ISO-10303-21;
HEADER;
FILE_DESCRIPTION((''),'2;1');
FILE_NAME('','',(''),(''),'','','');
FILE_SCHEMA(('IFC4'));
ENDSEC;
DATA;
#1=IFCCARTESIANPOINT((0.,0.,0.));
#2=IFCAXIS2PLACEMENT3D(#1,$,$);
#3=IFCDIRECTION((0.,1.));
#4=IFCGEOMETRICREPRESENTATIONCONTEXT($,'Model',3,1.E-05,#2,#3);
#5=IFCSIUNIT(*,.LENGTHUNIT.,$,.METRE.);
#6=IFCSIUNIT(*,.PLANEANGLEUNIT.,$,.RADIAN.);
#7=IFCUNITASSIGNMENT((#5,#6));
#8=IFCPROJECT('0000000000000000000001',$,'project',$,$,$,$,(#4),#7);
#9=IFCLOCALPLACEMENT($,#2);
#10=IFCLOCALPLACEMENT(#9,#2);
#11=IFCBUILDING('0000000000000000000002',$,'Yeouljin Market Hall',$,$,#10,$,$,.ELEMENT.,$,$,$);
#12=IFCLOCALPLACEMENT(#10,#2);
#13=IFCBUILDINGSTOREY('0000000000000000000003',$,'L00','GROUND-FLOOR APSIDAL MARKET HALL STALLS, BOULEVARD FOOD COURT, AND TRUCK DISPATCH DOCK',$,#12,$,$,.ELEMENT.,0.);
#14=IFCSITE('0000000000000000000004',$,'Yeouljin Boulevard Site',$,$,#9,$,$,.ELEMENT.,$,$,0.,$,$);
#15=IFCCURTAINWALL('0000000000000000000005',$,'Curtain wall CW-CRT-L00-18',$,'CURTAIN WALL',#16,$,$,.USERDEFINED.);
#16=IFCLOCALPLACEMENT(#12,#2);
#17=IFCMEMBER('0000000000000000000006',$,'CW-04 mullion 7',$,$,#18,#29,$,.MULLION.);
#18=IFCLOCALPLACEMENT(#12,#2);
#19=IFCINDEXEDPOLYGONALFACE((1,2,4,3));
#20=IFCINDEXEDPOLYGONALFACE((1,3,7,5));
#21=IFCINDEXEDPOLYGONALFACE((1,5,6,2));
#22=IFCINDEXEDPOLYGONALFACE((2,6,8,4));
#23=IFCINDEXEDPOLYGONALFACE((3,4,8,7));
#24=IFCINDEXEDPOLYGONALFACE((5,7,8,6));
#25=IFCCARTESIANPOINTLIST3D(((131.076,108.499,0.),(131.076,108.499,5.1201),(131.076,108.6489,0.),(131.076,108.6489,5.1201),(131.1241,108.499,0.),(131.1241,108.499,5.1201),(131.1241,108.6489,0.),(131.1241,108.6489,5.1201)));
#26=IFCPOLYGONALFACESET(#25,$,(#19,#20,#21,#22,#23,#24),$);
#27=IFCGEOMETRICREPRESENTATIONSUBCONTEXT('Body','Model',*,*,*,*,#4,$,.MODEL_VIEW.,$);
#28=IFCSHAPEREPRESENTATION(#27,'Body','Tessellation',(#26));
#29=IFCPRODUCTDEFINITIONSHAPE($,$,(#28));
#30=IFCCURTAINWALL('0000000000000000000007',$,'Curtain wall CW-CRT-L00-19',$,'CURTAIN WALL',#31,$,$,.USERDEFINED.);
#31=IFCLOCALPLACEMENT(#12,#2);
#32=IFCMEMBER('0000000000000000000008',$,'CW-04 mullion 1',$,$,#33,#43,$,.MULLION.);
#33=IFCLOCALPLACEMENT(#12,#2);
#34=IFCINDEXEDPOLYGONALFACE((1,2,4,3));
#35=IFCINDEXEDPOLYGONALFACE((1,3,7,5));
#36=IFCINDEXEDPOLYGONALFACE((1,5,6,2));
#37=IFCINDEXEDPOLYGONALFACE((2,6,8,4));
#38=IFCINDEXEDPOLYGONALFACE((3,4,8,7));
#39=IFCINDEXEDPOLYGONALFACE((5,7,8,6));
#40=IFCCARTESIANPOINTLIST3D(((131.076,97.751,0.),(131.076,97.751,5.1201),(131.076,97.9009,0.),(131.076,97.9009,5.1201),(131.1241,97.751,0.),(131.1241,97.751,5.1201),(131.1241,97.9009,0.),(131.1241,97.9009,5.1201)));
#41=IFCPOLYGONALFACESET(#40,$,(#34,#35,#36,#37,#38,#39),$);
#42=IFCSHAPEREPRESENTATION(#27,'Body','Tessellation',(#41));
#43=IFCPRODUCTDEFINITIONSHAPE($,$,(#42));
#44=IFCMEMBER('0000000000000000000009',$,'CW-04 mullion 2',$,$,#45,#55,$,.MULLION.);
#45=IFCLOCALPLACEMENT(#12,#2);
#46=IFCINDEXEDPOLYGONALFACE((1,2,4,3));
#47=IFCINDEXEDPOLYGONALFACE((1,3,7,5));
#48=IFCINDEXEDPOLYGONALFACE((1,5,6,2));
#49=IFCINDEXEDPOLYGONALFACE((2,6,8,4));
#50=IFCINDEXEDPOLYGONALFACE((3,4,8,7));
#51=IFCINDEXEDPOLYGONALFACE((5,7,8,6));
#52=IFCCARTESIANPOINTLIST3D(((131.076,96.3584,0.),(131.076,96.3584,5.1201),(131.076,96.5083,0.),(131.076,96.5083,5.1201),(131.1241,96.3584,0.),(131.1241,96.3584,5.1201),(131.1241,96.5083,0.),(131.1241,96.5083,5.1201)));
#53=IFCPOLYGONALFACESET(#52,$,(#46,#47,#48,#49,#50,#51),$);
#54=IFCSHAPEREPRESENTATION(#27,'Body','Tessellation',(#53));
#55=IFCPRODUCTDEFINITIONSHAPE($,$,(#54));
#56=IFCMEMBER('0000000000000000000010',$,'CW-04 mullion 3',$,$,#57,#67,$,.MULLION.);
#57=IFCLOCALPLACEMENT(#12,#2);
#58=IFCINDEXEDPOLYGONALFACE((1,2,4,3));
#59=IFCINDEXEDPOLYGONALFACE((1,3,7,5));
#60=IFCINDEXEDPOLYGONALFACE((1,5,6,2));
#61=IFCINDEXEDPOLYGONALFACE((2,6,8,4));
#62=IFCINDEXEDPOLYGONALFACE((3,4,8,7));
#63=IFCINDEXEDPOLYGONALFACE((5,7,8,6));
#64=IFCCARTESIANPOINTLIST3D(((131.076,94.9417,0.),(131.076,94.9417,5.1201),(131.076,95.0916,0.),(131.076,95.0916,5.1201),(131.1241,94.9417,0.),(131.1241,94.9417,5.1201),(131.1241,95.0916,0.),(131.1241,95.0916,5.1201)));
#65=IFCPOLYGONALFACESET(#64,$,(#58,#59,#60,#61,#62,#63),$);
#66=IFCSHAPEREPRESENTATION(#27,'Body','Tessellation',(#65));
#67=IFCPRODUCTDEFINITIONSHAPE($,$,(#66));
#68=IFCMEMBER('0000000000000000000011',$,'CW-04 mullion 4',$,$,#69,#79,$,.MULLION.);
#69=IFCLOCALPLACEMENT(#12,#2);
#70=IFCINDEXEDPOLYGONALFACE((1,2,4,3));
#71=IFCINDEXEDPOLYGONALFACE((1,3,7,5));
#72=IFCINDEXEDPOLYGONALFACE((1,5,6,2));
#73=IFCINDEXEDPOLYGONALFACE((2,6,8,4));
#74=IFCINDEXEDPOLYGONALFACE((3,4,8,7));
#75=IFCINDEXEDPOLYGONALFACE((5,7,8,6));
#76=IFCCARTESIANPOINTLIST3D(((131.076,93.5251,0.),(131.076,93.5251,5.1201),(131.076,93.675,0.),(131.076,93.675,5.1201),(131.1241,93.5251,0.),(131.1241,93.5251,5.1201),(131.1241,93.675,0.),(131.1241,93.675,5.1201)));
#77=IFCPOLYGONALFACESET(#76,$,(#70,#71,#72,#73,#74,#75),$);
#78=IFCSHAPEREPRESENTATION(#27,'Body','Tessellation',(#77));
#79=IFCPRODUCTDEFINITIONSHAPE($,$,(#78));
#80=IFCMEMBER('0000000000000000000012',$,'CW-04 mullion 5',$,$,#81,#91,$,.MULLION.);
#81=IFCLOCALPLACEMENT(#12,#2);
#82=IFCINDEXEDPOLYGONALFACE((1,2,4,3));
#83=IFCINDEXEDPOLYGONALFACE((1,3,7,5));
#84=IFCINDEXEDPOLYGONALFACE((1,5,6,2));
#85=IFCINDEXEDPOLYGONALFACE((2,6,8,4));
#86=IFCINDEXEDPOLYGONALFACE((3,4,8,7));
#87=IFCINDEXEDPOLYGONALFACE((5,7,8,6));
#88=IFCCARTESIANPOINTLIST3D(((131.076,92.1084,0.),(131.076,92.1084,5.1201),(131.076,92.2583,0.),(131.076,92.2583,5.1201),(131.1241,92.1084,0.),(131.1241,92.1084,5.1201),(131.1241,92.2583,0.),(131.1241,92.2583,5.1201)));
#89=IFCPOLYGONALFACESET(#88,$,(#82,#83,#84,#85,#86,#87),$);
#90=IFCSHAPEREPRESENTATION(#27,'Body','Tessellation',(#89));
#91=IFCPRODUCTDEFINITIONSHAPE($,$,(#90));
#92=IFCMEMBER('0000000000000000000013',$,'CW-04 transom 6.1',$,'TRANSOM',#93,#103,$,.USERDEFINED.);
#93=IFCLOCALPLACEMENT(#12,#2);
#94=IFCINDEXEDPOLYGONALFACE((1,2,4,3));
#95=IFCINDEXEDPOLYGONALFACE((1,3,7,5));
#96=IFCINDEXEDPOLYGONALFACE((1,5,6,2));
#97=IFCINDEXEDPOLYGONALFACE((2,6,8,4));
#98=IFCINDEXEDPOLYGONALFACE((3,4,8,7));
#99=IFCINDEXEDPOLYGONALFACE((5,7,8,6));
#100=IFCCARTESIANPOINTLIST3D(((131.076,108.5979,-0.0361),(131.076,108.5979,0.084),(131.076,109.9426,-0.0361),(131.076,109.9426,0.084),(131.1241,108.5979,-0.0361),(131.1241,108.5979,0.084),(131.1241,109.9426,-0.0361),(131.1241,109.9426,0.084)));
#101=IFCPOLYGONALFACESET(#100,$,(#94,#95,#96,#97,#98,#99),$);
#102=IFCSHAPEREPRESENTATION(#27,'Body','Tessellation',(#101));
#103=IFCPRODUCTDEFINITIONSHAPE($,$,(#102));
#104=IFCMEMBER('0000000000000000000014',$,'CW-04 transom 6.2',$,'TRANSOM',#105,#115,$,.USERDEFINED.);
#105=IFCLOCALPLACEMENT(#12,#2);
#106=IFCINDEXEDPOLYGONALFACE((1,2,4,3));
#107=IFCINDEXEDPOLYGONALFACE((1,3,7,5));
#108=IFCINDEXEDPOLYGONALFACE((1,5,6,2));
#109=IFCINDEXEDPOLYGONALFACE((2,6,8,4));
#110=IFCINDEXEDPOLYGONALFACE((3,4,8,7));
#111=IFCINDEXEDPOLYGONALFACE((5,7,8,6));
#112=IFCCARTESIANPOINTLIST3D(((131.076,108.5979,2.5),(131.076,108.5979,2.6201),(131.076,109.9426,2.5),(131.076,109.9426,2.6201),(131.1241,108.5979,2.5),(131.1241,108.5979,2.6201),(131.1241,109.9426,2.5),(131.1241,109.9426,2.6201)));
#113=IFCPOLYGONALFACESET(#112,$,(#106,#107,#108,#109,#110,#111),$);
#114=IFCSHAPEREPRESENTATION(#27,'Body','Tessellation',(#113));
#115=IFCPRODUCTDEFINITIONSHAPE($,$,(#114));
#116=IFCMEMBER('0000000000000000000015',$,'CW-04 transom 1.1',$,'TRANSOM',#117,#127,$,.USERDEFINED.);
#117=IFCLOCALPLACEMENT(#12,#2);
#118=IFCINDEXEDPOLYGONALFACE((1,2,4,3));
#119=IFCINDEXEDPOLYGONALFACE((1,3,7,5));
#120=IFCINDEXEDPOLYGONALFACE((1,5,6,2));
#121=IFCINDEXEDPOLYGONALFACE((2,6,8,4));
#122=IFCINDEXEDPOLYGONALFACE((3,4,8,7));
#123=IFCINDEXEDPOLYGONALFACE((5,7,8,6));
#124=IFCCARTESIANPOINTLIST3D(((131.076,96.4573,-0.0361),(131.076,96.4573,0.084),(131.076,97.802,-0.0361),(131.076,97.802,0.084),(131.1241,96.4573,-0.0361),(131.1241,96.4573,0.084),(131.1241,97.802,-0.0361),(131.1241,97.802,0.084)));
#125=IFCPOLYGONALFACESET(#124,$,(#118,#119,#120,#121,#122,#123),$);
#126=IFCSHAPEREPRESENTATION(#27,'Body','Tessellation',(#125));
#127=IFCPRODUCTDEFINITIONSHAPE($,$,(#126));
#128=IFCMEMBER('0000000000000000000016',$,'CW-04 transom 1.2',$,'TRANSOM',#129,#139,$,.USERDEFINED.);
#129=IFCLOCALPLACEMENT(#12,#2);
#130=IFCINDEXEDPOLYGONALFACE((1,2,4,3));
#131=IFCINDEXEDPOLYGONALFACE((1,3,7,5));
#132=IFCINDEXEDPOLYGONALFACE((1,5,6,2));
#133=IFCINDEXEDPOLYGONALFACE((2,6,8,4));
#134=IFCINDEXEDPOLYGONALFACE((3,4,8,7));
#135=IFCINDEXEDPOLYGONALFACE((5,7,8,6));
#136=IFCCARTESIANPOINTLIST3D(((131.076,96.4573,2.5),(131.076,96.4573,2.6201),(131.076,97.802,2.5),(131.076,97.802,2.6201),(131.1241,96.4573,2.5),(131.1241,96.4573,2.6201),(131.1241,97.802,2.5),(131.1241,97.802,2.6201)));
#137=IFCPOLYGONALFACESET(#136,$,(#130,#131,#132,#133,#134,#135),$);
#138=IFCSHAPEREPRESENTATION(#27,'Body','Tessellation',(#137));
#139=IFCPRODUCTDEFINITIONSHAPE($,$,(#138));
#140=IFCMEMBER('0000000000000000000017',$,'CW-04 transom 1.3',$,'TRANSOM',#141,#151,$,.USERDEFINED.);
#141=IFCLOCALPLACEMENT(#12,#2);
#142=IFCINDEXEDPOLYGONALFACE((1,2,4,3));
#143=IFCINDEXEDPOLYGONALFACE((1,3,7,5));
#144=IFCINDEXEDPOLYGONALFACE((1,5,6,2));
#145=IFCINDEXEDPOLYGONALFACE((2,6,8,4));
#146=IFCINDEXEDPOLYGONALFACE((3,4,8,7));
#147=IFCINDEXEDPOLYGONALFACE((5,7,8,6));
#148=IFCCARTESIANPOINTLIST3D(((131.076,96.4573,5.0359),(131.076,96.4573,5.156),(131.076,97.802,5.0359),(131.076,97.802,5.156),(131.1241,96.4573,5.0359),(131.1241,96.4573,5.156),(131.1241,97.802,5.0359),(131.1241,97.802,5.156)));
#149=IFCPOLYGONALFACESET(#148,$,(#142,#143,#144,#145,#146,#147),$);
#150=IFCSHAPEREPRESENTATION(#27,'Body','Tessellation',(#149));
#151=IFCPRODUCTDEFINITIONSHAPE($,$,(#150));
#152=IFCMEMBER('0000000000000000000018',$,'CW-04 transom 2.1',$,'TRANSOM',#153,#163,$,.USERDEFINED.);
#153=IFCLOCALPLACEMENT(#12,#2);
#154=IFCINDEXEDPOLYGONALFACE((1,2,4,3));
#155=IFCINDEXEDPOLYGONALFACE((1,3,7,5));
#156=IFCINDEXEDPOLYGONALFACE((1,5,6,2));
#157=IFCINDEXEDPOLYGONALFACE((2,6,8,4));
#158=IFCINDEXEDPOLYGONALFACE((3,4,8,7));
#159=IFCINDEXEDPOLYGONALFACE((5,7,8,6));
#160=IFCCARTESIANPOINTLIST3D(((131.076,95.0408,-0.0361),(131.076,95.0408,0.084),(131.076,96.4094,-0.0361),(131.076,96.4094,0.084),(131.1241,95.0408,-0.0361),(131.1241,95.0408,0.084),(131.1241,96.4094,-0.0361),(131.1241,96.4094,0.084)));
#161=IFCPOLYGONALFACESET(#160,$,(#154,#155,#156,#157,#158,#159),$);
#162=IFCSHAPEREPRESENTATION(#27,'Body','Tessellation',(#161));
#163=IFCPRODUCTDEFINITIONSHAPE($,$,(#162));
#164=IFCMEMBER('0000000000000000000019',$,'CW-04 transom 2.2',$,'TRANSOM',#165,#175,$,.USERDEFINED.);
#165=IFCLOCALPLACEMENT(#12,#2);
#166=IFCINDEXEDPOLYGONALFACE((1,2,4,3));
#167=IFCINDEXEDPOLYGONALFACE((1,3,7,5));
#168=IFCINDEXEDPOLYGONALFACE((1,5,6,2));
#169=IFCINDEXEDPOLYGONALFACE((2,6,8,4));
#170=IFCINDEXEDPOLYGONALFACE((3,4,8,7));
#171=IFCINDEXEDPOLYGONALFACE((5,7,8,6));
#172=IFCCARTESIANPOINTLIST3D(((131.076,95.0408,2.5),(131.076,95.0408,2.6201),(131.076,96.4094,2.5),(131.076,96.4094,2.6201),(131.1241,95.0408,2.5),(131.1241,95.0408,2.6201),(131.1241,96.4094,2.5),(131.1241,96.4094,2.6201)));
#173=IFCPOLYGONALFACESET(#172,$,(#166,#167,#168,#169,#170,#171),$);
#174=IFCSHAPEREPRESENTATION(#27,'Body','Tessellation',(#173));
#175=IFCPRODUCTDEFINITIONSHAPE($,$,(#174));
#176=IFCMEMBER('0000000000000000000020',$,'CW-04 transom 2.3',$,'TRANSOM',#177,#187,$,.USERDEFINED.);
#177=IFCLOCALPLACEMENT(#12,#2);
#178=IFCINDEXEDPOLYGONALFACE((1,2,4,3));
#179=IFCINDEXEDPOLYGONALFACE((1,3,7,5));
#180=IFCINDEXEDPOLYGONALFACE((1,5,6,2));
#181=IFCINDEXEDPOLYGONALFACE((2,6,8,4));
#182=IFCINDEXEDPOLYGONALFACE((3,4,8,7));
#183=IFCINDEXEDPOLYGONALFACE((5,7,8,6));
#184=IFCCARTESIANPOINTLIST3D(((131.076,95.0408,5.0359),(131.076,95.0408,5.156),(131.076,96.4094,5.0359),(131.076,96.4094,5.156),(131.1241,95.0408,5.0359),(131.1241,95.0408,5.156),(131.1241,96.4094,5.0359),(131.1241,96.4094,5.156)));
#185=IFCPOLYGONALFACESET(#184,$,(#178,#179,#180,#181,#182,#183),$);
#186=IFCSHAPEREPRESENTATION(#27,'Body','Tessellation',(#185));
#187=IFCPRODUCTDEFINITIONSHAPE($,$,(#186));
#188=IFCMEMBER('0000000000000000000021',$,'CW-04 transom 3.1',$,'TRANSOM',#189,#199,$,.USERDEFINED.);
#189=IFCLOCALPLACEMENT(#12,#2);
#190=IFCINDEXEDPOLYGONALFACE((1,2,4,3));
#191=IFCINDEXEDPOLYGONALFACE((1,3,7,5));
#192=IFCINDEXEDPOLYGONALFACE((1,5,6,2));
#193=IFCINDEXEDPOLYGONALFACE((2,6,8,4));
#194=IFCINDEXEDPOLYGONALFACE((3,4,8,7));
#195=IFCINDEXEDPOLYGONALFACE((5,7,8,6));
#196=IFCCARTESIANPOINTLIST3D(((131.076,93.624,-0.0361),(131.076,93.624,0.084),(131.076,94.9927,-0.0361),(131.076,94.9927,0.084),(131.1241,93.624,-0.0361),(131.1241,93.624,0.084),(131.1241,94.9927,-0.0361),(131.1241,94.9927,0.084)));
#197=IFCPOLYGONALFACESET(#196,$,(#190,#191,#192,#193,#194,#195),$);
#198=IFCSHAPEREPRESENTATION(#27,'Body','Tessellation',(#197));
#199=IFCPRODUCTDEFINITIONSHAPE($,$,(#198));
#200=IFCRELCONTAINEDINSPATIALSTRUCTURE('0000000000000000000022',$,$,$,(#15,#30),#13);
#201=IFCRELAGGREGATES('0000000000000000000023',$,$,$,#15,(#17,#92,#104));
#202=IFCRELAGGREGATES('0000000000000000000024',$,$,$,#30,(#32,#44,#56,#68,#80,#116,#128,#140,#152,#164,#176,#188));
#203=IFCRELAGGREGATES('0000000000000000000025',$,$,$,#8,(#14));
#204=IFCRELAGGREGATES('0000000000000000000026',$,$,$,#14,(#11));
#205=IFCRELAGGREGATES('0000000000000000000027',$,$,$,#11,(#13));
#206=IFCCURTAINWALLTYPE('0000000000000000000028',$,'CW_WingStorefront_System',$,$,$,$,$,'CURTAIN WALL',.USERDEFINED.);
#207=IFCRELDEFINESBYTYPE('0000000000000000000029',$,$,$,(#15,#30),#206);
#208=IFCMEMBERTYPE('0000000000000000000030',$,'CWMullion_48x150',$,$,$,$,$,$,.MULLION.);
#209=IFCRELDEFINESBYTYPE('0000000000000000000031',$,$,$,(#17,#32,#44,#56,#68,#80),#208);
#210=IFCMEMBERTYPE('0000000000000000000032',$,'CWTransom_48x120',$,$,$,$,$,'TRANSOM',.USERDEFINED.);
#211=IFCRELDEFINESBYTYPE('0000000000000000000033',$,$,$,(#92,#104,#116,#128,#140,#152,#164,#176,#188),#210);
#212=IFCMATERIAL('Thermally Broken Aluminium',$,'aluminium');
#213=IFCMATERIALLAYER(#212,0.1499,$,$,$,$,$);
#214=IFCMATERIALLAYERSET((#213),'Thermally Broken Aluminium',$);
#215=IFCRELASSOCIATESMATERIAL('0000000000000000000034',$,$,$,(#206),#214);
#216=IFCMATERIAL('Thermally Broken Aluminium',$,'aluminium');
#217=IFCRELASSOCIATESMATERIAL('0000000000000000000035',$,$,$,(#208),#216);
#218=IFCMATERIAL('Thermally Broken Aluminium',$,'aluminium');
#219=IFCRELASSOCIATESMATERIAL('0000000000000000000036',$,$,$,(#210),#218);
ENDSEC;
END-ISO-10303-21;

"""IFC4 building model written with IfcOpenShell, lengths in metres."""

from ifc_helpers import new_model, si_unit, direction, frame, origin, origin_2d, place, context, subcontext, project, spatial, rectangle, extrude, material, layer, layer_set, material_profile, profile_set, type_object, element, aggregate, save


model = new_model("IFC4")

# Units and contexts
model_context = context("Model", 3, precision=1e-05, world=origin(), true_north=direction((0.0, 1.0)))
body_context = subcontext(model_context, "Body", "Model", "MODEL_VIEW")
ifc_project = project(units=[si_unit("LENGTHUNIT", "METRE"), si_unit("PLANEANGLEUNIT", "RADIAN")], contexts=[model_context])

# Site, building, storey
site_placement = place(None, origin())
site = spatial("IfcSite", under=ifc_project, at=site_placement, Name="Yeouljin Boulevard Site", CompositionType="ELEMENT", RefElevation=0.0)
building_placement = place(site_placement, origin())
building = spatial("IfcBuilding", under=site, at=building_placement, Name="Yeouljin Market Hall", CompositionType="ELEMENT")
storey_placement = place(building_placement, origin())
storey = spatial("IfcBuildingStorey", under=building, at=storey_placement, Name="L00", Description="GROUND-FLOOR APSIDAL MARKET HALL STALLS, BOULEVARD FOOD COURT, AND TRUCK DISPATCH DOCK", CompositionType="ELEMENT", Elevation=0.0)

# Curtain wall, member
ifc_material_1 = material(Name="Thermally Broken Aluminium", Category="aluminium")
ifc_layer_1 = layer(ifc_material_1, 0.1499)
ifc_layer_set_1 = layer_set([ifc_layer_1], Name="Thermally Broken Aluminium")
curtain_wall_type = type_object("IfcCurtainWallType", Name="CW_WingStorefront_System", ElementType="CURTAIN WALL", PredefinedType="USERDEFINED", material=ifc_layer_set_1)
curtain_wall_1_placement = place(storey_placement, origin())
curtain_wall_1 = element("IfcCurtainWall", 1, at=curtain_wall_1_placement, inside=storey, type_object=curtain_wall_type, Name="Curtain wall CW-CRT-L00-18", ObjectType="CURTAIN WALL", PredefinedType="USERDEFINED")
ifc_material_2 = material(Name="Thermally Broken Aluminium", Category="aluminium")
ifc_material_profile_1 = material_profile(ifc_material_2, rectangle(XDim=0.0481, YDim=0.1499, at=origin_2d()), Name="CW-MULL-48x150")
ifc_profile_set_1 = profile_set([ifc_material_profile_1], Name="Thermally Broken Aluminium")
member_type_1 = type_object("IfcMemberType", Name="CWMullion_48x150", PredefinedType="MULLION", material=ifc_profile_set_1)
member_1_placement = place(storey_placement, frame((131.1001, 108.574, 0.0), z_axis=(0.0, 0.0, 1.0), x_axis=(1.0, 0.0, 0.0)))
member_1 = element("IfcMember", 2, at=member_1_placement, type_object=member_type_1, Name="CW-04 mullion 7", PredefinedType="MULLION", context=body_context, shape_type="SweptSolid", body=[
    extrude(rectangle(XDim=0.0481, YDim=0.1499, at=origin_2d()), origin(), (0.0, 0.0, 1.0), 5.1201),
])

# Curtain wall, members
curtain_wall_2_placement = place(storey_placement, origin())
curtain_wall_2 = element("IfcCurtainWall", 3, at=curtain_wall_2_placement, inside=storey, type_object=curtain_wall_type, Name="Curtain wall CW-CRT-L00-19", ObjectType="CURTAIN WALL", PredefinedType="USERDEFINED")
member_2_placement = place(storey_placement, frame((131.1001, 97.8259, 0.0), z_axis=(0.0, 0.0, 1.0), x_axis=(1.0, 0.0, 0.0)))
member_2 = element("IfcMember", 4, at=member_2_placement, type_object=member_type_1, Name="CW-04 mullion 1", PredefinedType="MULLION", context=body_context, shape_type="SweptSolid", body=[
    extrude(rectangle(XDim=0.0481, YDim=0.1499, at=origin_2d()), origin(), (0.0, 0.0, 1.0), 5.1201),
])
member_3_placement = place(storey_placement, frame((131.1001, 96.4333, 0.0), z_axis=(0.0, 0.0, 1.0), x_axis=(1.0, 0.0, 0.0)))
member_3 = element("IfcMember", 5, at=member_3_placement, type_object=member_type_1, Name="CW-04 mullion 2", PredefinedType="MULLION", context=body_context, shape_type="SweptSolid", body=[
    extrude(rectangle(XDim=0.0481, YDim=0.1499, at=origin_2d()), origin(), (0.0, 0.0, 1.0), 5.1201),
])
member_4_placement = place(storey_placement, frame((131.1001, 95.0166, 0.0), z_axis=(0.0, 0.0, 1.0), x_axis=(1.0, 0.0, 0.0)))
member_4 = element("IfcMember", 6, at=member_4_placement, type_object=member_type_1, Name="CW-04 mullion 3", PredefinedType="MULLION", context=body_context, shape_type="SweptSolid", body=[
    extrude(rectangle(XDim=0.0481, YDim=0.1499, at=origin_2d()), origin(), (0.0, 0.0, 1.0), 5.1201),
])
member_5_placement = place(storey_placement, frame((131.1001, 93.6001, 0.0), z_axis=(0.0, 0.0, 1.0), x_axis=(1.0, 0.0, 0.0)))
member_5 = element("IfcMember", 7, at=member_5_placement, type_object=member_type_1, Name="CW-04 mullion 4", PredefinedType="MULLION", context=body_context, shape_type="SweptSolid", body=[
    extrude(rectangle(XDim=0.0481, YDim=0.1499, at=origin_2d()), origin(), (0.0, 0.0, 1.0), 5.1201),
])
member_6_placement = place(storey_placement, frame((131.1001, 92.1833, 0.0), z_axis=(0.0, 0.0, 1.0), x_axis=(1.0, 0.0, 0.0)))
member_6 = element("IfcMember", 8, at=member_6_placement, type_object=member_type_1, Name="CW-04 mullion 5", PredefinedType="MULLION", context=body_context, shape_type="SweptSolid", body=[
    extrude(rectangle(XDim=0.0481, YDim=0.1499, at=origin_2d()), origin(), (0.0, 0.0, 1.0), 5.1201),
])

# Members
ifc_material_3 = material(Name="Thermally Broken Aluminium", Category="aluminium")
ifc_material_profile_2 = material_profile(ifc_material_3, rectangle(XDim=0.0481, YDim=0.1201, at=origin_2d()), Name="CW-TRAN-48x120")
ifc_profile_set_2 = profile_set([ifc_material_profile_2], Name="Thermally Broken Aluminium")
member_type_2 = type_object("IfcMemberType", Name="CWTransom_48x120", ElementType="TRANSOM", PredefinedType="USERDEFINED", material=ifc_profile_set_2)
member_7_placement = place(storey_placement, frame((131.1001, 109.9426, 0.0239), z_axis=(0.0, -1.0, 0.0), x_axis=(1.0, 0.0, 0.0)))
member_7 = element("IfcMember", 9, at=member_7_placement, type_object=member_type_2, Name="CW-04 transom 6.1", ObjectType="TRANSOM", PredefinedType="USERDEFINED", context=body_context, shape_type="SweptSolid", body=[
    extrude(rectangle(XDim=0.0481, YDim=0.1201, at=origin_2d()), origin(), (0.0, 0.0, 1.0), 1.3447),
])
member_8_placement = place(storey_placement, frame((131.1001, 109.9426, 2.5601), z_axis=(0.0, -1.0, 0.0), x_axis=(1.0, 0.0, 0.0)))
member_8 = element("IfcMember", 10, at=member_8_placement, type_object=member_type_2, Name="CW-04 transom 6.2", ObjectType="TRANSOM", PredefinedType="USERDEFINED", context=body_context, shape_type="SweptSolid", body=[
    extrude(rectangle(XDim=0.0481, YDim=0.1201, at=origin_2d()), origin(), (0.0, 0.0, 1.0), 1.3447),
])
member_9_placement = place(storey_placement, frame((131.1001, 97.802, 0.0239), z_axis=(0.0, -1.0, 0.0), x_axis=(1.0, 0.0, 0.0)))
member_9 = element("IfcMember", 11, at=member_9_placement, type_object=member_type_2, Name="CW-04 transom 1.1", ObjectType="TRANSOM", PredefinedType="USERDEFINED", context=body_context, shape_type="SweptSolid", body=[
    extrude(rectangle(XDim=0.0481, YDim=0.1201, at=origin_2d()), origin(), (0.0, 0.0, 1.0), 1.3447),
])
member_10_placement = place(storey_placement, frame((131.1001, 97.802, 2.5601), z_axis=(0.0, -1.0, 0.0), x_axis=(1.0, 0.0, 0.0)))
member_10 = element("IfcMember", 12, at=member_10_placement, type_object=member_type_2, Name="CW-04 transom 1.2", ObjectType="TRANSOM", PredefinedType="USERDEFINED", context=body_context, shape_type="SweptSolid", body=[
    extrude(rectangle(XDim=0.0481, YDim=0.1201, at=origin_2d()), origin(), (0.0, 0.0, 1.0), 1.3447),
])
member_11_placement = place(storey_placement, frame((131.1001, 97.802, 5.0959), z_axis=(0.0, -1.0, 0.0), x_axis=(1.0, 0.0, 0.0)))
member_11 = element("IfcMember", 13, at=member_11_placement, type_object=member_type_2, Name="CW-04 transom 1.3", ObjectType="TRANSOM", PredefinedType="USERDEFINED", context=body_context, shape_type="SweptSolid", body=[
    extrude(rectangle(XDim=0.0481, YDim=0.1201, at=origin_2d()), origin(), (0.0, 0.0, 1.0), 1.3447),
])
member_12_placement = place(storey_placement, frame((131.1001, 96.4094, 0.0239), z_axis=(0.0, -1.0, 0.0), x_axis=(1.0, 0.0, 0.0)))
member_12 = element("IfcMember", 14, at=member_12_placement, type_object=member_type_2, Name="CW-04 transom 2.1", ObjectType="TRANSOM", PredefinedType="USERDEFINED", context=body_context, shape_type="SweptSolid", body=[
    extrude(rectangle(XDim=0.0481, YDim=0.1201, at=origin_2d()), origin(), (0.0, 0.0, 1.0), 1.3687),
])
member_13_placement = place(storey_placement, frame((131.1001, 96.4094, 2.5601), z_axis=(0.0, -1.0, 0.0), x_axis=(1.0, 0.0, 0.0)))
member_13 = element("IfcMember", 15, at=member_13_placement, type_object=member_type_2, Name="CW-04 transom 2.2", ObjectType="TRANSOM", PredefinedType="USERDEFINED", context=body_context, shape_type="SweptSolid", body=[
    extrude(rectangle(XDim=0.0481, YDim=0.1201, at=origin_2d()), origin(), (0.0, 0.0, 1.0), 1.3687),
])
member_14_placement = place(storey_placement, frame((131.1001, 96.4094, 5.0959), z_axis=(0.0, -1.0, 0.0), x_axis=(1.0, 0.0, 0.0)))
member_14 = element("IfcMember", 16, at=member_14_placement, type_object=member_type_2, Name="CW-04 transom 2.3", ObjectType="TRANSOM", PredefinedType="USERDEFINED", context=body_context, shape_type="SweptSolid", body=[
    extrude(rectangle(XDim=0.0481, YDim=0.1201, at=origin_2d()), origin(), (0.0, 0.0, 1.0), 1.3687),
])
member_15_placement = place(storey_placement, frame((131.1001, 94.9927, 0.0239), z_axis=(0.0, -1.0, 0.0), x_axis=(1.0, 0.0, 0.0)))
member_15 = element("IfcMember", 17, at=member_15_placement, type_object=member_type_2, Name="CW-04 transom 3.1", ObjectType="TRANSOM", PredefinedType="USERDEFINED", context=body_context, shape_type="SweptSolid", body=[
    extrude(rectangle(XDim=0.0481, YDim=0.1201, at=origin_2d()), origin(), (0.0, 0.0, 1.0), 1.3687),
])

aggregate(curtain_wall_1, [member_1, member_7, member_8])
aggregate(curtain_wall_2, [member_2, member_3, member_4, member_5, member_6, member_9, member_10, member_11, member_12, member_13, member_14, member_15])

save(model, "model.ifc")
